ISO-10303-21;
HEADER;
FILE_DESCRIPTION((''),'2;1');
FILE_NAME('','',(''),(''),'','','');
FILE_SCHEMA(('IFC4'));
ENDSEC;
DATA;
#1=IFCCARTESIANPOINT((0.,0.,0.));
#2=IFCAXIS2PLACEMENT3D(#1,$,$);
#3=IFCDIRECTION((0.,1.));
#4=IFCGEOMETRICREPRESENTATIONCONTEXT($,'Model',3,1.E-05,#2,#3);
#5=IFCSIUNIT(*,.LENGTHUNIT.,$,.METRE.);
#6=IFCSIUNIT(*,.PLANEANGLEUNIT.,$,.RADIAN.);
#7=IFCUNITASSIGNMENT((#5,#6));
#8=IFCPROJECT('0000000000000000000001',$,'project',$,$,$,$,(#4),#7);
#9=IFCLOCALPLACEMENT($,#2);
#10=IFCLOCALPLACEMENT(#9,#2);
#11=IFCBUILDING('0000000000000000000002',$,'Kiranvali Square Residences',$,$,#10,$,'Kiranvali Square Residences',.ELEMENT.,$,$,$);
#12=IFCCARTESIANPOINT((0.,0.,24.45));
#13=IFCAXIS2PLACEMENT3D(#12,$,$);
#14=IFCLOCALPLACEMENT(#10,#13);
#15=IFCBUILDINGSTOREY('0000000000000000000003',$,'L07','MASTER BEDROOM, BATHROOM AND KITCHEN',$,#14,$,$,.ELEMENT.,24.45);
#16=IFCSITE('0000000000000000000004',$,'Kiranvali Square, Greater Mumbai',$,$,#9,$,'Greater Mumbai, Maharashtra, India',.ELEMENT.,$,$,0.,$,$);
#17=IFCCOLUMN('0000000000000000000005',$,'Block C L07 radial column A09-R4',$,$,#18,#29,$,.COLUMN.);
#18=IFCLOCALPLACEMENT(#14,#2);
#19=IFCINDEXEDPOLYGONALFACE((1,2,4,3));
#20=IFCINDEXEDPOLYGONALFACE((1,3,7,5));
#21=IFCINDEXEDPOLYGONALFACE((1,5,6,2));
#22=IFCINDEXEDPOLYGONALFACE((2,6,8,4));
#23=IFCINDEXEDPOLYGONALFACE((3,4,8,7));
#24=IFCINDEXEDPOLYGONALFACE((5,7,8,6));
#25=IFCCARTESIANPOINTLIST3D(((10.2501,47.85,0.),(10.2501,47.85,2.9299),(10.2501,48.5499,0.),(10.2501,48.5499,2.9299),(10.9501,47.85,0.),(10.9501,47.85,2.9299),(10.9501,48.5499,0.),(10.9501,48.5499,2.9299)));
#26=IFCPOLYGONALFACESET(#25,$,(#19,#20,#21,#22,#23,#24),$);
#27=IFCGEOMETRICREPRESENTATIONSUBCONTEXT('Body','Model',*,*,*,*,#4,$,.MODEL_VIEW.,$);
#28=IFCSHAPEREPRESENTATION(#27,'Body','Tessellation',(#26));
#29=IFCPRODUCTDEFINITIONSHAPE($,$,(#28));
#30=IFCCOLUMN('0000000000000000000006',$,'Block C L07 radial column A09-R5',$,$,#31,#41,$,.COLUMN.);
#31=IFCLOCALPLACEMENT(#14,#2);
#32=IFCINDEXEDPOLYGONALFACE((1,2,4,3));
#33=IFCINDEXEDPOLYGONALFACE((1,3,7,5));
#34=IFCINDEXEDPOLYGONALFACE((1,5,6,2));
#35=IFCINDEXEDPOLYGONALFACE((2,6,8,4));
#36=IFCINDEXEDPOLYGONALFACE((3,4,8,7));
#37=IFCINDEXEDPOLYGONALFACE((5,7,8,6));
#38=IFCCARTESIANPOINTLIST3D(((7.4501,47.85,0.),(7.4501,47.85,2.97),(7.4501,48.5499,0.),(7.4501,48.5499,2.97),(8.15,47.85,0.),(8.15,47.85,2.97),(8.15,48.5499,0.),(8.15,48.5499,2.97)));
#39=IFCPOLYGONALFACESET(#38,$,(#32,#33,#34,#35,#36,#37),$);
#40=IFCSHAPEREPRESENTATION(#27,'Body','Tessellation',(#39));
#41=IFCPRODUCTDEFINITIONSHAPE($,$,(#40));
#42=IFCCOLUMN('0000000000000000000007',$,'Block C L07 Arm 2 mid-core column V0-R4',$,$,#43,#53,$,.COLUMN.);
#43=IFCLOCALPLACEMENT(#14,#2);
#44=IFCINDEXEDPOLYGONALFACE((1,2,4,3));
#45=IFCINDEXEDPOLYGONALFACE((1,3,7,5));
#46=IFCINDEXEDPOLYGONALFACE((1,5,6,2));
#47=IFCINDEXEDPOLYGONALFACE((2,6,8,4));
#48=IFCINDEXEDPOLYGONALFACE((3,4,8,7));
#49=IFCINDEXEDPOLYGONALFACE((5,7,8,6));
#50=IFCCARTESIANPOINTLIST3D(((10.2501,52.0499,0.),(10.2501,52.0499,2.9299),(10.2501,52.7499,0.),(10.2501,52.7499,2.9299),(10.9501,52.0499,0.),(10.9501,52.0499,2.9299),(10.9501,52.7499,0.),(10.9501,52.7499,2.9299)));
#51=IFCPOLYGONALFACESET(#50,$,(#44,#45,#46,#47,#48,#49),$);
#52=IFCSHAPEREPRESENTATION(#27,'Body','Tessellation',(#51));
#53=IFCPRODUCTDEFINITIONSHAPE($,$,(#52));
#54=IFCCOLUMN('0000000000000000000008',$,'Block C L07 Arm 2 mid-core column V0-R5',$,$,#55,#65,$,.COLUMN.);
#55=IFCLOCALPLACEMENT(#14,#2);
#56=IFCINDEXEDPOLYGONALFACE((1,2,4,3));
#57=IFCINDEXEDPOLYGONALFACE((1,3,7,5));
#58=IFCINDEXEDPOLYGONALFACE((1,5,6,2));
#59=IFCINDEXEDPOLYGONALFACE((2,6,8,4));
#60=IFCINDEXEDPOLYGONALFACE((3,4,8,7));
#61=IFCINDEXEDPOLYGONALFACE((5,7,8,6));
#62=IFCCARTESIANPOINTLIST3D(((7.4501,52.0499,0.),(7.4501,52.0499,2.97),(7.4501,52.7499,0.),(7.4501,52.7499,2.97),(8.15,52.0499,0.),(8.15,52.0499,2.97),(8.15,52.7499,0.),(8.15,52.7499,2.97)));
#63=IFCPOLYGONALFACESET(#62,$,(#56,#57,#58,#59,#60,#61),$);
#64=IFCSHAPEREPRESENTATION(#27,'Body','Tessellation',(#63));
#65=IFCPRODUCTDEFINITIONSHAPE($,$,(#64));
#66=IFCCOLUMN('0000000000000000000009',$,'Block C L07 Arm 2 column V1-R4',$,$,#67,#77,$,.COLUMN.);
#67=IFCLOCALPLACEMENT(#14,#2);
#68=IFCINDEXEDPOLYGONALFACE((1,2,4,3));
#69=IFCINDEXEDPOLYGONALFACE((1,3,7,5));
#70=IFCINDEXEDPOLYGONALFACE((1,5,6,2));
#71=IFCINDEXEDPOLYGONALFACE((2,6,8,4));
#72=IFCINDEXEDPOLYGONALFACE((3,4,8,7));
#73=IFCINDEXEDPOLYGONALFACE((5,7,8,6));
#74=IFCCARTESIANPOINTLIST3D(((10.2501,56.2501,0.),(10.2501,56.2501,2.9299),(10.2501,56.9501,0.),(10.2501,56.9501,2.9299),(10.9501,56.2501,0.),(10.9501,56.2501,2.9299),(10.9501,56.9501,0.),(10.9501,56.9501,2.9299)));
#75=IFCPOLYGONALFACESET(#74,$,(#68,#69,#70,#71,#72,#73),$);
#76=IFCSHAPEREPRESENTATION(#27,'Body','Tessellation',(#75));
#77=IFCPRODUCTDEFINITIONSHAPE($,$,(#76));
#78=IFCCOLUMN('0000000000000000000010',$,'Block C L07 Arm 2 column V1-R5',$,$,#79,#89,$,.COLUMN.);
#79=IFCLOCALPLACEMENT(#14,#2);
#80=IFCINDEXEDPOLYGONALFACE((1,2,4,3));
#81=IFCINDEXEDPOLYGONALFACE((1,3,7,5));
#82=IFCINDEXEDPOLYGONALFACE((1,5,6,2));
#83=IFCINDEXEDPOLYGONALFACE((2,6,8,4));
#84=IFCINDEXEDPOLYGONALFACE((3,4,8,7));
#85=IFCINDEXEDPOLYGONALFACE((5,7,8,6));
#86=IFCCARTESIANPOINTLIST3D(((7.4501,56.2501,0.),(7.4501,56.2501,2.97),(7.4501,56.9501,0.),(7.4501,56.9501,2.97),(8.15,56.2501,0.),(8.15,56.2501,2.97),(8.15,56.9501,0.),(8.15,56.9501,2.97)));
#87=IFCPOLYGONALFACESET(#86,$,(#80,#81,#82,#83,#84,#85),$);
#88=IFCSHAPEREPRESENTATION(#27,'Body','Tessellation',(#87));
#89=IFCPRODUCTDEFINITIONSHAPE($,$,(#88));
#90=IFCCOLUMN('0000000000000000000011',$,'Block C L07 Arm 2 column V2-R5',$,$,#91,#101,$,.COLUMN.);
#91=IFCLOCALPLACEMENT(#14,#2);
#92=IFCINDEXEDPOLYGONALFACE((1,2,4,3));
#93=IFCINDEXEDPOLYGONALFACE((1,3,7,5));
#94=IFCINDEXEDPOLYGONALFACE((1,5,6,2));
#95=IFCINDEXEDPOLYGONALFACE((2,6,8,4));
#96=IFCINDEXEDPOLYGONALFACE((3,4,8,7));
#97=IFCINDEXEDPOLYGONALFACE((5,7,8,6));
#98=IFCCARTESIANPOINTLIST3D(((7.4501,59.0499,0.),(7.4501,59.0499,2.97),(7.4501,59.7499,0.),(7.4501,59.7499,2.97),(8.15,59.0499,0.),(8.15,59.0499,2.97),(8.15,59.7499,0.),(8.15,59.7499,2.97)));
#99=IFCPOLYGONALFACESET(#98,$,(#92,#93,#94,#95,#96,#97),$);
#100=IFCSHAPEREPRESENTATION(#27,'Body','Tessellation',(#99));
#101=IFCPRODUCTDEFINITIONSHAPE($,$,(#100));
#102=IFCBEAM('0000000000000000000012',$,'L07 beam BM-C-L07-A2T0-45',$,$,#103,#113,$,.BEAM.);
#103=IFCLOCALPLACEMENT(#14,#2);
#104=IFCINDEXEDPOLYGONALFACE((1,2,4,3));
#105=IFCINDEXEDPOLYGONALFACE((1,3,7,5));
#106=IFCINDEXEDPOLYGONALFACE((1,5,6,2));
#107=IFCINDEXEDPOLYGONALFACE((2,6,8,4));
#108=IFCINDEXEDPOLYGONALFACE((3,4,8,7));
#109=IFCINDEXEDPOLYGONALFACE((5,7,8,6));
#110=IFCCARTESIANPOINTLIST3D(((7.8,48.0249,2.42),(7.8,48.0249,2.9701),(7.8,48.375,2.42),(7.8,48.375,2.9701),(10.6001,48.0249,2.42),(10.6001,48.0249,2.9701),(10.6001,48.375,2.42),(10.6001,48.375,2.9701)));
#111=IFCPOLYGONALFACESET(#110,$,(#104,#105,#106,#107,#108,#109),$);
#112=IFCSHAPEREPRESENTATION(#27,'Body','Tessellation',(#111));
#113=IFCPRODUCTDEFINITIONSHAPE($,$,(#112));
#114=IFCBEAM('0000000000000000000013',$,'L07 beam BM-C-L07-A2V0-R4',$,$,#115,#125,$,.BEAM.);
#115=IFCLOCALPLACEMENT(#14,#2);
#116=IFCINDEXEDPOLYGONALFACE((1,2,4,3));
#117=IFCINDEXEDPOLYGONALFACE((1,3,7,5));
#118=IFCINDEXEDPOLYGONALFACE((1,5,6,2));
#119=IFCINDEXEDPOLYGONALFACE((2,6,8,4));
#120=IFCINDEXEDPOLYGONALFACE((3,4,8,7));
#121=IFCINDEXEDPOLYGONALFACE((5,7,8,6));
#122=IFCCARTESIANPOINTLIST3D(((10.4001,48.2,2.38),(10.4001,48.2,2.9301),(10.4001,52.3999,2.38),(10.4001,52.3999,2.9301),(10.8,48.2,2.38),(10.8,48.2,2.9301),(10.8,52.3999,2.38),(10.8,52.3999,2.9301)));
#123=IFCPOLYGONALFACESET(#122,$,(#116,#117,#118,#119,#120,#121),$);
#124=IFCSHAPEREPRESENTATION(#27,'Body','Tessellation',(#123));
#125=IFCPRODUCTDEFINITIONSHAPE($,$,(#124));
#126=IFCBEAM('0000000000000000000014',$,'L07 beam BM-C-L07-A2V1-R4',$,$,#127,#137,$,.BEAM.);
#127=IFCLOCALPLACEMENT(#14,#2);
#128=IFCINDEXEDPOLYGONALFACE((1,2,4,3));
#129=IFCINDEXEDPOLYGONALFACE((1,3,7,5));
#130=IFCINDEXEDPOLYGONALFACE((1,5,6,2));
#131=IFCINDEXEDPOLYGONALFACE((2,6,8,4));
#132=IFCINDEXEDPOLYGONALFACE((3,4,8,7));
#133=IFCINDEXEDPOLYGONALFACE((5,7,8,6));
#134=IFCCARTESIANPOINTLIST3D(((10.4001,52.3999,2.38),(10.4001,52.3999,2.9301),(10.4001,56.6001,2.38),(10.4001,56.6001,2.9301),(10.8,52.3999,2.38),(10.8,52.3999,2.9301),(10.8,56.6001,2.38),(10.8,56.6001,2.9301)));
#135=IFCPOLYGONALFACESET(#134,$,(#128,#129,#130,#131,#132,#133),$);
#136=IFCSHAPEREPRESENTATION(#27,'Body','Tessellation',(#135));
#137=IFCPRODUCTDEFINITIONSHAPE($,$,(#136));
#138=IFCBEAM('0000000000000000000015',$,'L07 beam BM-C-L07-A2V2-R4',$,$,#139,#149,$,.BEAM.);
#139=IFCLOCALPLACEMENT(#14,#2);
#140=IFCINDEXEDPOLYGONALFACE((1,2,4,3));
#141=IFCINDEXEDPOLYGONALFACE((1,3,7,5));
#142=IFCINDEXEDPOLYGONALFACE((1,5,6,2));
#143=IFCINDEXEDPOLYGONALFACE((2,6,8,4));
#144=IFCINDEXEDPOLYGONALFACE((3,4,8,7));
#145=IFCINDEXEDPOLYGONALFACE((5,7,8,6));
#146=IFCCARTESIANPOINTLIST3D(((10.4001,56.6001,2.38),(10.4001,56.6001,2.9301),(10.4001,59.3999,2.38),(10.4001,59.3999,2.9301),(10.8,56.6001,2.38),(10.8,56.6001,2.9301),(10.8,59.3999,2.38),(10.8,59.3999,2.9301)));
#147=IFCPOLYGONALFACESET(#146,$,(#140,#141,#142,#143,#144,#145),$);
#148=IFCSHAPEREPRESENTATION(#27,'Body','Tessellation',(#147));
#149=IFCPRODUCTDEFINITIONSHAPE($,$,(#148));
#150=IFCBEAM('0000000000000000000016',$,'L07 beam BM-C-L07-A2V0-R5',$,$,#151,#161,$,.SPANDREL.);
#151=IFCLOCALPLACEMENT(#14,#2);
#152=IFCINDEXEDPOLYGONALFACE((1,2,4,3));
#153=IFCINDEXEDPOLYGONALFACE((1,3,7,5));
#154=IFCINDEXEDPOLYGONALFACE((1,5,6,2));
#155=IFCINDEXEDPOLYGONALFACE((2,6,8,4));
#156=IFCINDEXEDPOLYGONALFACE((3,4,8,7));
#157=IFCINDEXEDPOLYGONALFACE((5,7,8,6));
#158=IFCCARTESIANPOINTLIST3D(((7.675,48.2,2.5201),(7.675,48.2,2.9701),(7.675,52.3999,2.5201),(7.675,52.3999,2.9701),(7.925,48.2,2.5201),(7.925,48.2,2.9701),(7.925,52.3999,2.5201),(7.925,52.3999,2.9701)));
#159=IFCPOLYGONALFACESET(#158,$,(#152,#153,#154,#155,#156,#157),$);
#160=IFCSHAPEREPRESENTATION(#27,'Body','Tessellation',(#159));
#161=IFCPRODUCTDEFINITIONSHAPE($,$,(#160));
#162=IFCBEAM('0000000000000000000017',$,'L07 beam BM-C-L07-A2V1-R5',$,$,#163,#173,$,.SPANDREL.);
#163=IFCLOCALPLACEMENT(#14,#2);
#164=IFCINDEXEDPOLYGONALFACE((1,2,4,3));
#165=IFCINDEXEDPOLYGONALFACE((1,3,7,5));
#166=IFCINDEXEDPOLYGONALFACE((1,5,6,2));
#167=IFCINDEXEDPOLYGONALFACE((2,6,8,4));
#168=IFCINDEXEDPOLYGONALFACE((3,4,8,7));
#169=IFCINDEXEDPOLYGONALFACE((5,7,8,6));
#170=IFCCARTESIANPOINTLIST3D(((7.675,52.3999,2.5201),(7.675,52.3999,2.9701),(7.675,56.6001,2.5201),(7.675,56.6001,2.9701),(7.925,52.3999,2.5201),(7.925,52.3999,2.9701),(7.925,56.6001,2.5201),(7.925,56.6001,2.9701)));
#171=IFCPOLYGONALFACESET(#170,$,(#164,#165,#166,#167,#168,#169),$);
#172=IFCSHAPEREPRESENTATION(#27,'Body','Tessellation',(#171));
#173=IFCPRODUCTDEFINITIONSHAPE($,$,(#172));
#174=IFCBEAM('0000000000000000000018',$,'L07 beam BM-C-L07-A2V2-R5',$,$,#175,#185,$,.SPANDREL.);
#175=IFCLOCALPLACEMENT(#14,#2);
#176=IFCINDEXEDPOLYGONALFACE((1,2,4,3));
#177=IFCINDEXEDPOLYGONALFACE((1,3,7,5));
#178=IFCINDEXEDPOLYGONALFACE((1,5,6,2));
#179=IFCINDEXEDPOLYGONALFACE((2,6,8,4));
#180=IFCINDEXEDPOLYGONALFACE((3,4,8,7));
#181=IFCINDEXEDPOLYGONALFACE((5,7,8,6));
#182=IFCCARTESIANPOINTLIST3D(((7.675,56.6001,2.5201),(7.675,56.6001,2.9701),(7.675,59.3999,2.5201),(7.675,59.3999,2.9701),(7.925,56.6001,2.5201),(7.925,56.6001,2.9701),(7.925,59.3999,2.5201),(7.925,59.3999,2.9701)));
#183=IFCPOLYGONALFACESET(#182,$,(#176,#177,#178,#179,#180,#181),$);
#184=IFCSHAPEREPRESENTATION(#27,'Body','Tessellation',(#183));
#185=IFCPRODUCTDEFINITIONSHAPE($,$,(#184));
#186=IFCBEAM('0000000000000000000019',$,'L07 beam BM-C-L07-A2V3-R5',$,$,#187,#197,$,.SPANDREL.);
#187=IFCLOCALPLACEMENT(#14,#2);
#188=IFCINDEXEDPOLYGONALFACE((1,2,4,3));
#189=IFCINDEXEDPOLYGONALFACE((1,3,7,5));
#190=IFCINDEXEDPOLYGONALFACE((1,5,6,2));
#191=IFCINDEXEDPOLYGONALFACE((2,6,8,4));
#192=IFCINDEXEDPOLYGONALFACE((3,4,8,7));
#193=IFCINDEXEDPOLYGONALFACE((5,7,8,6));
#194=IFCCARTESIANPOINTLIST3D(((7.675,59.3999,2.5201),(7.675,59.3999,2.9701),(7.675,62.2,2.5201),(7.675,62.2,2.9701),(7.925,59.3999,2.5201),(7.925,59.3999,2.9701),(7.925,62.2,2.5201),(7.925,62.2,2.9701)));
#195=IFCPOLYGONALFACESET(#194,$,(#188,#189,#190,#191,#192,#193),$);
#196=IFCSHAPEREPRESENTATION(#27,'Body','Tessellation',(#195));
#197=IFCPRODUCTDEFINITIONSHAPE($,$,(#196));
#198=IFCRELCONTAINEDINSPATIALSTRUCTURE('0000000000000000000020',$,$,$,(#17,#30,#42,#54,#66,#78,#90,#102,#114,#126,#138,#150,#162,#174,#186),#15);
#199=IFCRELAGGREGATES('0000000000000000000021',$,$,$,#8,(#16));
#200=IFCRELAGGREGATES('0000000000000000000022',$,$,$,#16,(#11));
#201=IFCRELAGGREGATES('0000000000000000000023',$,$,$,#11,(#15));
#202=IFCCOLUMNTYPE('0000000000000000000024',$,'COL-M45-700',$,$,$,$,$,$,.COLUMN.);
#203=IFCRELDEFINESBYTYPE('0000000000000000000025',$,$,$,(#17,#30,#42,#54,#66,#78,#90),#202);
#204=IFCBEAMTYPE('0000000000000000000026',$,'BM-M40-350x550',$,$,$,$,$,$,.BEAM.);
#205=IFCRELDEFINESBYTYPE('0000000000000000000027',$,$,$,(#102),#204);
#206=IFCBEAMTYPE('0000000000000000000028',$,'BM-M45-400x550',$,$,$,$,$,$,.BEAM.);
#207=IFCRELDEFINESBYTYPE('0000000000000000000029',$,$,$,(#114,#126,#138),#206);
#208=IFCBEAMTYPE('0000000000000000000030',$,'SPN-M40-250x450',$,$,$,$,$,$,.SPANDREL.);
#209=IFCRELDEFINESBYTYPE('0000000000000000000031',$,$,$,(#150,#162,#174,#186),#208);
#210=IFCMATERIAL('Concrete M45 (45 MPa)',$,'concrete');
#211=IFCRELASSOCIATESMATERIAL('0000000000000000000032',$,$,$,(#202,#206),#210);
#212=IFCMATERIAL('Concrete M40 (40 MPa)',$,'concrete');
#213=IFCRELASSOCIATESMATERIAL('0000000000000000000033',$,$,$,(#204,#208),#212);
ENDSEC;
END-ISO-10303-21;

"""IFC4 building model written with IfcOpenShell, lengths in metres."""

from ifc_helpers import new_model, si_unit, direction, frame, origin, origin_2d, place, context, subcontext, project, spatial, rectangle, extrude, material, material_profile, profile_set, type_object, element, save


model = new_model("IFC4")

# Units and contexts
model_context = context("Model", 3, precision=1e-05, world=origin(), true_north=direction((0.0, 1.0)))
body_context = subcontext(model_context, "Body", "Model", "MODEL_VIEW")
ifc_project = project(units=[si_unit("LENGTHUNIT", "METRE"), si_unit("PLANEANGLEUNIT", "RADIAN")], contexts=[model_context])

# Site, building, storey
site_placement = place(None, origin())
site = spatial("IfcSite", under=ifc_project, at=site_placement, Name="Kiranvali Square, Greater Mumbai", LongName="Greater Mumbai, Maharashtra, India", CompositionType="ELEMENT", RefElevation=0.0)
building_placement = place(site_placement, origin())
building = spatial("IfcBuilding", under=site, at=building_placement, Name="Kiranvali Square Residences", LongName="Kiranvali Square Residences", CompositionType="ELEMENT")
storey_placement = place(building_placement, frame((0.0, 0.0, 24.45)))
storey = spatial("IfcBuildingStorey", under=building, at=storey_placement, Name="L07", Description="MASTER BEDROOM, BATHROOM AND KITCHEN", CompositionType="ELEMENT", Elevation=24.45)

# Columns
ifc_material_1 = material(Name="Concrete M45 (45 MPa)", Category="concrete")
ifc_material_profile_1 = material_profile(ifc_material_1, rectangle(XDim=0.7, YDim=0.7, at=origin_2d()), Name="RC 700x700")
ifc_profile_set_1 = profile_set([ifc_material_profile_1], Name="Concrete M45 (45 MPa)")
column_type = type_object("IfcColumnType", Name="COL-M45-700", PredefinedType="COLUMN", material=ifc_profile_set_1)
column_1_placement = place(storey_placement, frame((10.6001, 48.2, 0.0), z_axis=(0.0, 0.0, 1.0), x_axis=(0.0, 1.0, 0.0)))
element("IfcColumn", 1, at=column_1_placement, inside=storey, type_object=column_type, Name="Block C L07 radial column A09-R4", PredefinedType="COLUMN", context=body_context, shape_type="SweptSolid", body=[
    extrude(rectangle(XDim=0.7, YDim=0.7, at=origin_2d()), origin(), (0.0, 0.0, 1.0), 2.9299),
])
column_2_placement = place(storey_placement, frame((7.8, 48.2, 0.0), z_axis=(0.0, 0.0, 1.0), x_axis=(0.0, 1.0, 0.0)))
element("IfcColumn", 2, at=column_2_placement, inside=storey, type_object=column_type, Name="Block C L07 radial column A09-R5", PredefinedType="COLUMN", context=body_context, shape_type="SweptSolid", body=[
    extrude(rectangle(XDim=0.7, YDim=0.7, at=origin_2d()), origin(), (0.0, 0.0, 1.0), 2.97),
])
column_3_placement = place(storey_placement, frame((10.6001, 52.3999, 0.0), z_axis=(0.0, 0.0, 1.0), x_axis=(1.0, 0.0, 0.0)))
element("IfcColumn", 3, at=column_3_placement, inside=storey, type_object=column_type, Name="Block C L07 Arm 2 mid-core column V0-R4", PredefinedType="COLUMN", context=body_context, shape_type="SweptSolid", body=[
    extrude(rectangle(XDim=0.7, YDim=0.7, at=origin_2d()), origin(), (0.0, 0.0, 1.0), 2.9299),
])
column_4_placement = place(storey_placement, frame((7.8, 52.3999, 0.0), z_axis=(0.0, 0.0, 1.0), x_axis=(1.0, 0.0, 0.0)))
element("IfcColumn", 4, at=column_4_placement, inside=storey, type_object=column_type, Name="Block C L07 Arm 2 mid-core column V0-R5", PredefinedType="COLUMN", context=body_context, shape_type="SweptSolid", body=[
    extrude(rectangle(XDim=0.7, YDim=0.7, at=origin_2d()), origin(), (0.0, 0.0, 1.0), 2.97),
])
column_5_placement = place(storey_placement, frame((10.6001, 56.6001, 0.0), z_axis=(0.0, 0.0, 1.0), x_axis=(1.0, 0.0, 0.0)))
element("IfcColumn", 5, at=column_5_placement, inside=storey, type_object=column_type, Name="Block C L07 Arm 2 column V1-R4", PredefinedType="COLUMN", context=body_context, shape_type="SweptSolid", body=[
    extrude(rectangle(XDim=0.7, YDim=0.7, at=origin_2d()), origin(), (0.0, 0.0, 1.0), 2.9299),
])
for number, where, z_axis, x_axis, name in (
    (6, (7.8, 56.6001, 0.0), (0.0, 0.0, 1.0), (1.0, 0.0, 0.0), "Block C L07 Arm 2 column V1-R5"),
    (7, (7.8, 59.3999, 0.0), (0.0, 0.0, 1.0), (1.0, 0.0, 0.0), "Block C L07 Arm 2 column V2-R5"),
):
    element("IfcColumn", number, at=place(storey_placement, frame(where, z_axis=z_axis, x_axis=x_axis)), inside=storey, type_object=column_type, Name=name, PredefinedType="COLUMN", context=body_context, shape_type="SweptSolid", body=[
        extrude(rectangle(XDim=0.7, YDim=0.7, at=origin_2d()), origin(), (0.0, 0.0, 1.0), 2.97),
    ])

# Beams
ifc_material_2 = material(Name="Concrete M40 (40 MPa)", Category="concrete")
ifc_material_profile_2 = material_profile(ifc_material_2, rectangle(XDim=0.3501, YDim=0.55, at=origin_2d()), Name="RC 350x550")
ifc_profile_set_2 = profile_set([ifc_material_profile_2], Name="Concrete M40 (40 MPa)")
beam_type_1 = type_object("IfcBeamType", Name="BM-M40-350x550", PredefinedType="BEAM", material=ifc_profile_set_2)
beam_1_placement = place(storey_placement, frame((10.6001, 48.2, 2.6951), z_axis=(-1.0, 0.0, 0.0), x_axis=(0.0, -1.0, 0.0)))
element("IfcBeam", 8, at=beam_1_placement, inside=storey, type_object=beam_type_1, Name="L07 beam BM-C-L07-A2T0-45", PredefinedType="BEAM", context=body_context, shape_type="SweptSolid", body=[
    extrude(rectangle(XDim=0.3501, YDim=0.55, at=origin_2d()), origin(), (0.0, 0.0, 1.0), 2.8),
])
ifc_material_profile_3 = material_profile(ifc_material_1, rectangle(XDim=0.3999, YDim=0.55, at=origin_2d()), Name="RC 400x550")
ifc_profile_set_3 = profile_set([ifc_material_profile_3], Name="Concrete M45 (45 MPa)")
beam_type_2 = type_object("IfcBeamType", Name="BM-M45-400x550", PredefinedType="BEAM", material=ifc_profile_set_3)
beam_2_placement = place(storey_placement, frame((10.6001, 48.2, 2.655), z_axis=(0.0, 1.0, 0.0), x_axis=(-1.0, 0.0, 0.0)))
element("IfcBeam", 9, at=beam_2_placement, inside=storey, type_object=beam_type_2, Name="L07 beam BM-C-L07-A2V0-R4", PredefinedType="BEAM", context=body_context, shape_type="SweptSolid", body=[
    extrude(rectangle(XDim=0.3999, YDim=0.55, at=origin_2d()), origin(), (0.0, 0.0, 1.0), 4.2),
])
beam_3_placement = place(storey_placement, frame((10.6001, 52.3999, 2.655), z_axis=(0.0, 1.0, 0.0), x_axis=(-1.0, 0.0, 0.0)))
element("IfcBeam", 10, at=beam_3_placement, inside=storey, type_object=beam_type_2, Name="L07 beam BM-C-L07-A2V1-R4", PredefinedType="BEAM", context=body_context, shape_type="SweptSolid", body=[
    extrude(rectangle(XDim=0.3999, YDim=0.55, at=origin_2d()), origin(), (0.0, 0.0, 1.0), 4.2002),
])
beam_4_placement = place(storey_placement, frame((10.6001, 56.6001, 2.655), z_axis=(0.0, 1.0, 0.0), x_axis=(-1.0, 0.0, 0.0)))
element("IfcBeam", 11, at=beam_4_placement, inside=storey, type_object=beam_type_2, Name="L07 beam BM-C-L07-A2V2-R4", PredefinedType="BEAM", context=body_context, shape_type="SweptSolid", body=[
    extrude(rectangle(XDim=0.3999, YDim=0.55, at=origin_2d()), origin(), (0.0, 0.0, 1.0), 2.7998),
])
ifc_material_profile_4 = material_profile(ifc_material_2, rectangle(XDim=0.25, YDim=0.45, at=origin_2d()), Name="RC 250x450")
ifc_profile_set_4 = profile_set([ifc_material_profile_4], Name="Concrete M40 (40 MPa)")
beam_type_3 = type_object("IfcBeamType", Name="SPN-M40-250x450", PredefinedType="SPANDREL", material=ifc_profile_set_4)
beam_5_placement = place(storey_placement, frame((7.8, 48.2, 2.7451), z_axis=(0.0, 1.0, 0.0), x_axis=(-1.0, 0.0, 0.0)))
element("IfcBeam", 12, at=beam_5_placement, inside=storey, type_object=beam_type_3, Name="L07 beam BM-C-L07-A2V0-R5", PredefinedType="SPANDREL", context=body_context, shape_type="SweptSolid", body=[
    extrude(rectangle(XDim=0.25, YDim=0.45, at=origin_2d()), origin(), (0.0, 0.0, 1.0), 4.2),
])
beam_6_placement = place(storey_placement, frame((7.8, 52.3999, 2.7451), z_axis=(0.0, 1.0, 0.0), x_axis=(-1.0, 0.0, 0.0)))
element("IfcBeam", 13, at=beam_6_placement, inside=storey, type_object=beam_type_3, Name="L07 beam BM-C-L07-A2V1-R5", PredefinedType="SPANDREL", context=body_context, shape_type="SweptSolid", body=[
    extrude(rectangle(XDim=0.25, YDim=0.45, at=origin_2d()), origin(), (0.0, 0.0, 1.0), 4.2002),
])
beam_7_placement = place(storey_placement, frame((7.8, 56.6001, 2.7451), z_axis=(0.0, 1.0, 0.0), x_axis=(-1.0, 0.0, 0.0)))
element("IfcBeam", 14, at=beam_7_placement, inside=storey, type_object=beam_type_3, Name="L07 beam BM-C-L07-A2V2-R5", PredefinedType="SPANDREL", context=body_context, shape_type="SweptSolid", body=[
    extrude(rectangle(XDim=0.25, YDim=0.45, at=origin_2d()), origin(), (0.0, 0.0, 1.0), 2.7998),
])
beam_8_placement = place(storey_placement, frame((7.8, 59.3999, 2.7451), z_axis=(0.0, 1.0, 0.0), x_axis=(-1.0, 0.0, 0.0)))
element("IfcBeam", 15, at=beam_8_placement, inside=storey, type_object=beam_type_3, Name="L07 beam BM-C-L07-A2V3-R5", PredefinedType="SPANDREL", context=body_context, shape_type="SweptSolid", body=[
    extrude(rectangle(XDim=0.25, YDim=0.45, at=origin_2d()), origin(), (0.0, 0.0, 1.0), 2.8),
])

save(model, "model.ifc")
